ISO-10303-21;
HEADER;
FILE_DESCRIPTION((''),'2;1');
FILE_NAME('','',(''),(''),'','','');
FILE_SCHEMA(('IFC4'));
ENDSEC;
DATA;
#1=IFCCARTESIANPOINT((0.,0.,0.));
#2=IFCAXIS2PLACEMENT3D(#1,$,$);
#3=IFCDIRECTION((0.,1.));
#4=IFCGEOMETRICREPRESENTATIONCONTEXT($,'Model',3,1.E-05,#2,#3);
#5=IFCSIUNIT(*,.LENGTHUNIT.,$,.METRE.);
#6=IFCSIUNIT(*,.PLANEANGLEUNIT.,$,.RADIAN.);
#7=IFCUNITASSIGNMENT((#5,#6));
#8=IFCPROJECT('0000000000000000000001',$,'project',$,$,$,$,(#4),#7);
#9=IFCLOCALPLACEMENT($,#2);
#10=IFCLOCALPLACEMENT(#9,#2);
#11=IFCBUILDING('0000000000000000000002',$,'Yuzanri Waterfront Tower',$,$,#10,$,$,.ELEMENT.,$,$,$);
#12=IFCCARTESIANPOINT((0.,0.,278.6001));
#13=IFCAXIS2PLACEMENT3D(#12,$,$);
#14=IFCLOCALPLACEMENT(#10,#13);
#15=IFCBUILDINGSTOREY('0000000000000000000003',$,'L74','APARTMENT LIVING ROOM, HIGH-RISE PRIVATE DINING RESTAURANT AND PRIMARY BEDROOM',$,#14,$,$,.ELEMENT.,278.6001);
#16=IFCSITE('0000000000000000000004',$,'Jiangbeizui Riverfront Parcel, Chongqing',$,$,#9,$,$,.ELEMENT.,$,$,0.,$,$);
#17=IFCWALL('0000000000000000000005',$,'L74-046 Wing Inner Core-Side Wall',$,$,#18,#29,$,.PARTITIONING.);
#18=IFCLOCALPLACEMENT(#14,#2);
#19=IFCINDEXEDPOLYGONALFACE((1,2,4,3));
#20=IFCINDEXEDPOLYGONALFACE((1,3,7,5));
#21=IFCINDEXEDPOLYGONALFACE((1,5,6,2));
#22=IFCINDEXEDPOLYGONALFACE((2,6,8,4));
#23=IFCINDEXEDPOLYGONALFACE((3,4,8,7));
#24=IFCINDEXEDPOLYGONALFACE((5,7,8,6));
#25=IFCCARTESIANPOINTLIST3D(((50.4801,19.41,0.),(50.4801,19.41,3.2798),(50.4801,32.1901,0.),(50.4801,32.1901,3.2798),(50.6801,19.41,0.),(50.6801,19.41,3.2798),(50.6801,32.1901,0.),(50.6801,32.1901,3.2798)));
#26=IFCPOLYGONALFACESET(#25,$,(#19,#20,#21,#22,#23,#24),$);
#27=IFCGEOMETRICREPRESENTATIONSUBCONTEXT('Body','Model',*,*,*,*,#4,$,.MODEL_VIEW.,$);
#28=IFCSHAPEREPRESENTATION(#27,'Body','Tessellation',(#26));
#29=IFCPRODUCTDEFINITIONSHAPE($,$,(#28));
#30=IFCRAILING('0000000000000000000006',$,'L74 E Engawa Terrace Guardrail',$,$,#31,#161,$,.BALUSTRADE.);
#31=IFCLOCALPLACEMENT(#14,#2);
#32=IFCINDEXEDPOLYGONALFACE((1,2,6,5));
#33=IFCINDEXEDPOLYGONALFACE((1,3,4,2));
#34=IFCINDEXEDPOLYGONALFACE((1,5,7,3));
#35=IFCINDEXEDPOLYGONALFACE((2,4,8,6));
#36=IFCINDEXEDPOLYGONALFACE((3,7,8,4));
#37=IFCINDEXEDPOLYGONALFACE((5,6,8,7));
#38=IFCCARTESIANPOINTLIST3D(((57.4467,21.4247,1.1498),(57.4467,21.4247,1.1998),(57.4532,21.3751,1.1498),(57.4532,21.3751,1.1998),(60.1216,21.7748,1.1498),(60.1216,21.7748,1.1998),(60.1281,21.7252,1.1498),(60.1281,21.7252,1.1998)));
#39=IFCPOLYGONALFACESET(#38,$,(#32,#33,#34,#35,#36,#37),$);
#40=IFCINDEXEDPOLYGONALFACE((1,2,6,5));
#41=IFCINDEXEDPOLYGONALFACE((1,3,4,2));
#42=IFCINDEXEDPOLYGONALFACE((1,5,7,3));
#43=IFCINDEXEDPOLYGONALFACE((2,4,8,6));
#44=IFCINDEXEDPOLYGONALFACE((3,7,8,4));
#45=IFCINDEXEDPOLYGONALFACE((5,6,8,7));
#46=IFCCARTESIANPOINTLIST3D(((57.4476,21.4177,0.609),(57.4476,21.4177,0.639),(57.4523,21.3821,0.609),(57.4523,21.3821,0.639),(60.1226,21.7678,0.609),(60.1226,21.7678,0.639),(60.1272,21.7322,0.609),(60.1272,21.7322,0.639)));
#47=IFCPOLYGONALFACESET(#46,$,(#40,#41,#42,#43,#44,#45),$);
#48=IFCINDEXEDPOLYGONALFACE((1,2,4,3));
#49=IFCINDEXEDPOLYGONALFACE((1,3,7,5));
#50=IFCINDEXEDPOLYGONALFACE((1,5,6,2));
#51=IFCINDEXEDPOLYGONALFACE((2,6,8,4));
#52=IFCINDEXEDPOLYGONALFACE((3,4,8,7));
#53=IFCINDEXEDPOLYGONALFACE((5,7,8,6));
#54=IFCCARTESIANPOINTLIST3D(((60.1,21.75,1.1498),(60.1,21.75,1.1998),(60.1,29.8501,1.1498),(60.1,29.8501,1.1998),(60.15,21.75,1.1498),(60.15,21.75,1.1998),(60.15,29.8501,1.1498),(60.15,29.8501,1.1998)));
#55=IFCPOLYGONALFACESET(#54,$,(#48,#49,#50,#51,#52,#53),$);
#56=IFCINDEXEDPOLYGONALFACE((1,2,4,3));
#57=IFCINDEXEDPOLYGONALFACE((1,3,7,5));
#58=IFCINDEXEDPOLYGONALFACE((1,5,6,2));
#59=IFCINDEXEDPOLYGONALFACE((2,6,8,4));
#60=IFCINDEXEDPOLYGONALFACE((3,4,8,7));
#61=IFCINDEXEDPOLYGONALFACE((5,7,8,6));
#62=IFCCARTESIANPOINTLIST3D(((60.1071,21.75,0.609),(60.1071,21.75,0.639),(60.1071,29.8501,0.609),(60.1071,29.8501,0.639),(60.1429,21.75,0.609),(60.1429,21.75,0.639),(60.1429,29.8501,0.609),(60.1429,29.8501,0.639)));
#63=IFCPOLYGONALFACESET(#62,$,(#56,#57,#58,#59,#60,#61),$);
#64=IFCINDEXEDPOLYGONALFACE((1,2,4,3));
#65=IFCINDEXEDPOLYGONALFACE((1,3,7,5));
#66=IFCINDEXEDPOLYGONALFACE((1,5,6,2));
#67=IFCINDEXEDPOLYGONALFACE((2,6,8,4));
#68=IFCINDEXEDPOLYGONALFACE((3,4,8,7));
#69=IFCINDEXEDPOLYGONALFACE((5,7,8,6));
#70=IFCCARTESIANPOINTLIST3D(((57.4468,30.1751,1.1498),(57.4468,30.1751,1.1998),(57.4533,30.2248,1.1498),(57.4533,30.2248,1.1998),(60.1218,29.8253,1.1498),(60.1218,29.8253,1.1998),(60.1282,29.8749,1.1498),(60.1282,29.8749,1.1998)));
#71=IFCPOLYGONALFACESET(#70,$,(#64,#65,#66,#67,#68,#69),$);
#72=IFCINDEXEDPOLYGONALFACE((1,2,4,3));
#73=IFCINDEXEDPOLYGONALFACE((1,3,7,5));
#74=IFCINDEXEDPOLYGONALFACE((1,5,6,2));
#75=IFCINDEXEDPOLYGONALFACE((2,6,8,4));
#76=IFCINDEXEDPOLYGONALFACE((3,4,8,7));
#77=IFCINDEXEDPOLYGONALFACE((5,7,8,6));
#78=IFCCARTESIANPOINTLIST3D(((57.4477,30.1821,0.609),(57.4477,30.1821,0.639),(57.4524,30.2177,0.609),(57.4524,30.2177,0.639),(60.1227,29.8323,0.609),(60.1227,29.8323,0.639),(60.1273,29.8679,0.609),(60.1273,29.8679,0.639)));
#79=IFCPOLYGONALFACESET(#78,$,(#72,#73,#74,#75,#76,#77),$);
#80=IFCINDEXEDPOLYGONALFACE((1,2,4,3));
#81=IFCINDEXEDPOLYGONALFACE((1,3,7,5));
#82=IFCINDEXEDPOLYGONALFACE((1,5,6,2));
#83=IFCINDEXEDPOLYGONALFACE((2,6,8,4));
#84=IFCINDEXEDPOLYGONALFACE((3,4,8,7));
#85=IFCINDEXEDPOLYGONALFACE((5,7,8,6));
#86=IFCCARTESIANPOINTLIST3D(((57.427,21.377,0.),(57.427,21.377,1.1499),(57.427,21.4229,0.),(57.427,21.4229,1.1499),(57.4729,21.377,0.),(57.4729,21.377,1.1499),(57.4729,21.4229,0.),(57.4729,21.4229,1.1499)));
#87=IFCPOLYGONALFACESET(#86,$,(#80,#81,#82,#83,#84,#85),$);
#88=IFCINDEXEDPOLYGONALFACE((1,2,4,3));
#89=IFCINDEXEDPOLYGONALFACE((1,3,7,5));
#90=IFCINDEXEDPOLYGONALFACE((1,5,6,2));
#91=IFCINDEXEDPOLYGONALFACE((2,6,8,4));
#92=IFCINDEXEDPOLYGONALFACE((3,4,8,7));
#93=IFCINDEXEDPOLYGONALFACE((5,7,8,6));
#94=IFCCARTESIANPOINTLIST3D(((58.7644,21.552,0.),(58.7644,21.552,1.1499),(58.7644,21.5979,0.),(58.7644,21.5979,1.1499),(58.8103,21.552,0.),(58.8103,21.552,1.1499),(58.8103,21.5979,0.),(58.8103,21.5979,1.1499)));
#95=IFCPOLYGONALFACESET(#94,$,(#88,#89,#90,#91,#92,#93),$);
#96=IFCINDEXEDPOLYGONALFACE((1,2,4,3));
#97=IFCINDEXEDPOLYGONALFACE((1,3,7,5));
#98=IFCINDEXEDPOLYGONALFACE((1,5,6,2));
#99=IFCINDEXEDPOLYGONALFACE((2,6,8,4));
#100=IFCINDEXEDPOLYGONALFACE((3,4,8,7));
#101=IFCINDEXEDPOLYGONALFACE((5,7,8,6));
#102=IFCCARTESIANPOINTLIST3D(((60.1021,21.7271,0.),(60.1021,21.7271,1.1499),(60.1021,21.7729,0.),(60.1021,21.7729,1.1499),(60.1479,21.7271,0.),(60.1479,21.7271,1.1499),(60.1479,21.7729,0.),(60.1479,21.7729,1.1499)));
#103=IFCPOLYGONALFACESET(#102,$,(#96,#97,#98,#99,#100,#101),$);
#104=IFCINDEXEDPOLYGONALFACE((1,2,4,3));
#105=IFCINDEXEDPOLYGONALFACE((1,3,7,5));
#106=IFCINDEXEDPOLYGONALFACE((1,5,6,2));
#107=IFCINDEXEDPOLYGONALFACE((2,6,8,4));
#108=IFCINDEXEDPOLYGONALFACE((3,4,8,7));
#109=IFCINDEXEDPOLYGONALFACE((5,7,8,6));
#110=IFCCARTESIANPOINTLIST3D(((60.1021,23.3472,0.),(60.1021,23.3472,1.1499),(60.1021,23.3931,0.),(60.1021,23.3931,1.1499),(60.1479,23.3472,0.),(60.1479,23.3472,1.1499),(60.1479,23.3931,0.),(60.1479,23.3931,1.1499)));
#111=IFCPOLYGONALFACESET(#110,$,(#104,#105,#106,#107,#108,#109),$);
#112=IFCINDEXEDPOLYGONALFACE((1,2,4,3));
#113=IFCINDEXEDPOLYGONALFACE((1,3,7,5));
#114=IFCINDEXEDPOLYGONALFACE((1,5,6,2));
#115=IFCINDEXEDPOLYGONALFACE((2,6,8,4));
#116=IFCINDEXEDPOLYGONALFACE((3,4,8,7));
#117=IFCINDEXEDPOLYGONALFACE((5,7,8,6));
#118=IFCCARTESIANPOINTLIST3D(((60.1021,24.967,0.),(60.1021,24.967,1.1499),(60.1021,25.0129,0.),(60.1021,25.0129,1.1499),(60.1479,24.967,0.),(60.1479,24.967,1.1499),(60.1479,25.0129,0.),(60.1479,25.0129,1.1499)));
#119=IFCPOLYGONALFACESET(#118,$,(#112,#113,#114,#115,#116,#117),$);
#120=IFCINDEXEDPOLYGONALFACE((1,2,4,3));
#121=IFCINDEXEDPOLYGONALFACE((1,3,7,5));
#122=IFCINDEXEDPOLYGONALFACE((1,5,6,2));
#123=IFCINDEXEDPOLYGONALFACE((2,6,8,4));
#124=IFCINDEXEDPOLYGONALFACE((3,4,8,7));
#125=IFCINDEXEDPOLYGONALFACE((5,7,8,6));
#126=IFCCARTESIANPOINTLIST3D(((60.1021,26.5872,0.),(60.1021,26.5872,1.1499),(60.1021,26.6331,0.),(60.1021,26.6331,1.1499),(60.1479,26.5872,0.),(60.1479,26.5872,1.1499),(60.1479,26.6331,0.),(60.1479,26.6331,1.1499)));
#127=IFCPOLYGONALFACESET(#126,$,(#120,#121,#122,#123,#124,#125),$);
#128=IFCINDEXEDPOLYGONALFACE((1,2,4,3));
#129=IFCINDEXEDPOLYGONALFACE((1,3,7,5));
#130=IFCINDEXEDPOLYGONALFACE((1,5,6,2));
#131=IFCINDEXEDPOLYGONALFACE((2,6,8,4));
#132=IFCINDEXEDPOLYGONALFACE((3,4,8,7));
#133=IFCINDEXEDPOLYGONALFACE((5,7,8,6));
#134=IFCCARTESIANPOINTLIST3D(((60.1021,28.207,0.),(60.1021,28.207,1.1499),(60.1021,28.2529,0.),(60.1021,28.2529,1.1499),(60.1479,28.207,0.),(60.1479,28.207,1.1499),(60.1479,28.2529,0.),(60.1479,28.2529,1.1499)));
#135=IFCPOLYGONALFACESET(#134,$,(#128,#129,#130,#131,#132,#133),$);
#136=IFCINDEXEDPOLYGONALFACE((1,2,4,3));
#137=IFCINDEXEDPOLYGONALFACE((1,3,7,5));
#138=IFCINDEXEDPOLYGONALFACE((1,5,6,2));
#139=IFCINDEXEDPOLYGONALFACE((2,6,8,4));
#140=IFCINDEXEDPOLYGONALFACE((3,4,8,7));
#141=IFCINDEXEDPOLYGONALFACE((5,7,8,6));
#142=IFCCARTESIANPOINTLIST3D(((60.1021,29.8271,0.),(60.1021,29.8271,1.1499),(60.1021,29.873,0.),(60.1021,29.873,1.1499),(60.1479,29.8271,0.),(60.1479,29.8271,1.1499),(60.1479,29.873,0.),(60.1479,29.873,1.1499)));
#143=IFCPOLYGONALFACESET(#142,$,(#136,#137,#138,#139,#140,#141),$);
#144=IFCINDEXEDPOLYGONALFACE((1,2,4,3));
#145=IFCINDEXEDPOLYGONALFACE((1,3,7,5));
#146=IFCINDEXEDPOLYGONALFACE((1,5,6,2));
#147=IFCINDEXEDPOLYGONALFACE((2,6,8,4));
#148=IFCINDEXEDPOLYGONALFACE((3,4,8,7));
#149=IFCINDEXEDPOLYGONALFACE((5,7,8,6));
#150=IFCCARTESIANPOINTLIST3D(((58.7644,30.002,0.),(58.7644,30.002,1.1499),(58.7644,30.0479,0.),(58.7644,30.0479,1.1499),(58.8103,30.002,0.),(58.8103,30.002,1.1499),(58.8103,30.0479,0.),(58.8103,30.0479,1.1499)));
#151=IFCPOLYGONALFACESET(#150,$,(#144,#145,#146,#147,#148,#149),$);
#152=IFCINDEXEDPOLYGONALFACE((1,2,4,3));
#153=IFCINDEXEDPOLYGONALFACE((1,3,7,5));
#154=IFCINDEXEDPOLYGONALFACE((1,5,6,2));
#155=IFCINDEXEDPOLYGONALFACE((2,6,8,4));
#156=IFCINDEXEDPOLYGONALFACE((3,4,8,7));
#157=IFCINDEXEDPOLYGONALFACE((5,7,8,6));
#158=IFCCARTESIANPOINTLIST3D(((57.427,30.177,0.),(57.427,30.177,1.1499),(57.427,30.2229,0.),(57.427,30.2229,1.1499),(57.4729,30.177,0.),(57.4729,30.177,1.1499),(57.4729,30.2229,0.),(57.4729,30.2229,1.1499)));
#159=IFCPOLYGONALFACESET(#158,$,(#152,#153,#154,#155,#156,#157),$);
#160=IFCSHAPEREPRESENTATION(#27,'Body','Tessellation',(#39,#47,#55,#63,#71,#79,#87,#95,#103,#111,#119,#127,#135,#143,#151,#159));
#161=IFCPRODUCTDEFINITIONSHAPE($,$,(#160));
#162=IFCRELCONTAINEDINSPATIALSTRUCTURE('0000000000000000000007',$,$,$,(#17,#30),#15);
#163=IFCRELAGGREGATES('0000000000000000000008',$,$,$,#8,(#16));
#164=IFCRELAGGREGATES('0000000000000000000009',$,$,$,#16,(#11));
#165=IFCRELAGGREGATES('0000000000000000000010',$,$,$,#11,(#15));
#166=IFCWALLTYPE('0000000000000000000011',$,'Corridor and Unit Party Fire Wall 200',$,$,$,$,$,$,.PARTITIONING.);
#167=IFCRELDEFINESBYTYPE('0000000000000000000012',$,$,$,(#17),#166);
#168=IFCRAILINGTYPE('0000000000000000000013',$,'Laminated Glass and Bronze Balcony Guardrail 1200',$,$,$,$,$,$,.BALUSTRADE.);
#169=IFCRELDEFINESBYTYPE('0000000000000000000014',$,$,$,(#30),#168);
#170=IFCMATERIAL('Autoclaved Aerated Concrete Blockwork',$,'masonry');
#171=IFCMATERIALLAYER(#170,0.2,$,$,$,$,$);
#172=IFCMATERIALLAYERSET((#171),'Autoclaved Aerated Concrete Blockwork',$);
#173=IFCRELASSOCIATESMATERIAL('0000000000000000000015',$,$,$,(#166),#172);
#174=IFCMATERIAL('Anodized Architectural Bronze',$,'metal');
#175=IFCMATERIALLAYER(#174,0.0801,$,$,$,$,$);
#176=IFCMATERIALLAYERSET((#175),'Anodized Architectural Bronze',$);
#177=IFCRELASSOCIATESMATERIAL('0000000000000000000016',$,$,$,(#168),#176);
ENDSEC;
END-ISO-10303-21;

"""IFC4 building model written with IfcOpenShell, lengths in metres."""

from ifc_helpers import new_model, si_unit, direction, frame, frame_2d, origin, origin_2d, place, context, subcontext, project, spatial, rectangle, extrude, source, transform, mapped, material, layer, layer_set, type_object, element, save


model = new_model("IFC4")

# Units and contexts
model_context = context("Model", 3, precision=1e-05, world=origin(), true_north=direction((0.0, 1.0)))
body_context = subcontext(model_context, "Body", "Model", "MODEL_VIEW")
ifc_project = project(units=[si_unit("LENGTHUNIT", "METRE"), si_unit("PLANEANGLEUNIT", "RADIAN")], contexts=[model_context])

# Site, building, storey
site_placement = place(None, origin())
site = spatial("IfcSite", under=ifc_project, at=site_placement, Name="Jiangbeizui Riverfront Parcel, Chongqing", CompositionType="ELEMENT", RefElevation=0.0)
building_placement = place(site_placement, origin())
building = spatial("IfcBuilding", under=site, at=building_placement, Name="Yuzanri Waterfront Tower", CompositionType="ELEMENT")
storey_placement = place(building_placement, frame((0.0, 0.0, 278.6001)))
storey = spatial("IfcBuildingStorey", under=building, at=storey_placement, Name="L74", Description="APARTMENT LIVING ROOM, HIGH-RISE PRIVATE DINING RESTAURANT AND PRIMARY BEDROOM", CompositionType="ELEMENT", Elevation=278.6001)

# Shared definitions
ifc_material_1 = material(Name="Autoclaved Aerated Concrete Blockwork", Category="masonry")
ifc_layer_1 = layer(ifc_material_1, 0.2)
ifc_layer_set_1 = layer_set([ifc_layer_1], Name="Autoclaved Aerated Concrete Blockwork")
wall_type_1 = type_object("IfcWallType", Name="Corridor and Unit Party Fire Wall 200", PredefinedType="PARTITIONING", material=ifc_layer_set_1)

# Wall
shared_shape_1 = source(origin(), body_context, "Body", "SweptSolid", [
    extrude(rectangle(XDim=12.78, YDim=0.2, at=frame_2d((6.3901, 0.0))), origin(), (0.0, 0.0, 1.0), 3.2798),
])
wall_1_placement = place(storey_placement, frame((50.5801, 19.4099, 0.0), z_axis=(0.0, 0.0, 1.0), x_axis=(0.0, 1.0, 0.0)))
element("IfcWall", 1, at=wall_1_placement, inside=storey, type_object=wall_type_1, Name="L74-046 Wing Inner Core-Side Wall", PredefinedType="PARTITIONING", context=body_context, shape_type="MappedRepresentation", body=[
    mapped(shared_shape_1, transform((0.0, 0.0, 0.0), scale=1.0)),
])

# Railing
ifc_material_2 = material(Name="Anodized Architectural Bronze", Category="metal")
ifc_layer_2 = layer(ifc_material_2, 0.0801)
ifc_layer_set_2 = layer_set([ifc_layer_2], Name="Anodized Architectural Bronze")
railing_type = type_object("IfcRailingType", Name="Laminated Glass and Bronze Balcony Guardrail 1200", PredefinedType="BALUSTRADE", material=ifc_layer_set_2)
shared_shape_2 = source(origin(), body_context, "Body", "SweptSolid", [
    extrude(rectangle(XDim=0.05, YDim=0.05, at=origin_2d()), frame((0.0, 0.0, 1.1748), z_axis=(0.991544, 0.129769, 0.0), x_axis=(-0.129769, 0.991544, 0.0)), (0.0, 0.0, 1.0), 2.6978),
    extrude(rectangle(XDim=0.0359, YDim=0.03, at=origin_2d()), frame((0.0, 0.0, 0.624), z_axis=(0.991544, 0.129769, 0.0), x_axis=(-0.129769, 0.991544, 0.0)), (0.0, 0.0, 1.0), 2.6978),
    extrude(rectangle(XDim=0.05, YDim=0.05, at=origin_2d()), frame((2.675, 0.3501, 1.1748), z_axis=(0.0, 1.0, 0.0), x_axis=(-1.0, 0.0, 0.0)), (0.0, 0.0, 1.0), 8.1001),
    extrude(rectangle(XDim=0.0359, YDim=0.03, at=origin_2d()), frame((2.675, 0.3501, 0.624), z_axis=(0.0, 1.0, 0.0), x_axis=(-1.0, 0.0, 0.0)), (0.0, 0.0, 1.0), 8.1001),
    extrude(rectangle(XDim=0.05, YDim=0.05, at=origin_2d()), frame((2.675, 8.4502, 1.1748), z_axis=(-0.991556, 0.12968, 0.0), x_axis=(-0.12968, -0.991556, 0.0)), (0.0, 0.0, 1.0), 2.6978),
    extrude(rectangle(XDim=0.0359, YDim=0.03, at=origin_2d()), frame((2.675, 8.4502, 0.624), z_axis=(-0.991556, 0.12968, 0.0), x_axis=(-0.12968, -0.991556, 0.0)), (0.0, 0.0, 1.0), 2.6978),
    extrude(rectangle(XDim=0.0459, YDim=0.0459, at=origin_2d()), origin(), (0.0, 0.0, 1.0), 1.1499),
    extrude(rectangle(XDim=0.0459, YDim=0.0459, at=origin_2d()), frame((1.3374, 0.175, 0.0)), (0.0, 0.0, 1.0), 1.1499),
    extrude(rectangle(XDim=0.0459, YDim=0.0459, at=origin_2d()), frame((2.675, 0.3501, 0.0)), (0.0, 0.0, 1.0), 1.1499),
    extrude(rectangle(XDim=0.0459, YDim=0.0459, at=origin_2d()), frame((2.675, 1.9702, 0.0)), (0.0, 0.0, 1.0), 1.1499),
    extrude(rectangle(XDim=0.0459, YDim=0.0459, at=origin_2d()), frame((2.675, 3.5901, 0.0)), (0.0, 0.0, 1.0), 1.1499),
    extrude(rectangle(XDim=0.0459, YDim=0.0459, at=origin_2d()), frame((2.675, 5.2102, 0.0)), (0.0, 0.0, 1.0), 1.1499),
    extrude(rectangle(XDim=0.0459, YDim=0.0459, at=origin_2d()), frame((2.675, 6.8301, 0.0)), (0.0, 0.0, 1.0), 1.1499),
    extrude(rectangle(XDim=0.0459, YDim=0.0459, at=origin_2d()), frame((2.675, 8.4502, 0.0)), (0.0, 0.0, 1.0), 1.1499),
    extrude(rectangle(XDim=0.0459, YDim=0.0459, at=origin_2d()), frame((1.3374, 8.625, 0.0)), (0.0, 0.0, 1.0), 1.1499),
    extrude(rectangle(XDim=0.0459, YDim=0.0459, at=origin_2d()), frame((0.0, 8.8, 0.0)), (0.0, 0.0, 1.0), 1.1499),
])
railing_placement = place(storey_placement, frame((57.45, 21.3999, 0.0)))
element("IfcRailing", 2, at=railing_placement, inside=storey, type_object=railing_type, Name="L74 E Engawa Terrace Guardrail", PredefinedType="BALUSTRADE", context=body_context, shape_type="MappedRepresentation", body=[
    mapped(shared_shape_2, transform((0.0, 0.0, 0.0), scale=1.0)),
])

save(model, "model.ifc")
